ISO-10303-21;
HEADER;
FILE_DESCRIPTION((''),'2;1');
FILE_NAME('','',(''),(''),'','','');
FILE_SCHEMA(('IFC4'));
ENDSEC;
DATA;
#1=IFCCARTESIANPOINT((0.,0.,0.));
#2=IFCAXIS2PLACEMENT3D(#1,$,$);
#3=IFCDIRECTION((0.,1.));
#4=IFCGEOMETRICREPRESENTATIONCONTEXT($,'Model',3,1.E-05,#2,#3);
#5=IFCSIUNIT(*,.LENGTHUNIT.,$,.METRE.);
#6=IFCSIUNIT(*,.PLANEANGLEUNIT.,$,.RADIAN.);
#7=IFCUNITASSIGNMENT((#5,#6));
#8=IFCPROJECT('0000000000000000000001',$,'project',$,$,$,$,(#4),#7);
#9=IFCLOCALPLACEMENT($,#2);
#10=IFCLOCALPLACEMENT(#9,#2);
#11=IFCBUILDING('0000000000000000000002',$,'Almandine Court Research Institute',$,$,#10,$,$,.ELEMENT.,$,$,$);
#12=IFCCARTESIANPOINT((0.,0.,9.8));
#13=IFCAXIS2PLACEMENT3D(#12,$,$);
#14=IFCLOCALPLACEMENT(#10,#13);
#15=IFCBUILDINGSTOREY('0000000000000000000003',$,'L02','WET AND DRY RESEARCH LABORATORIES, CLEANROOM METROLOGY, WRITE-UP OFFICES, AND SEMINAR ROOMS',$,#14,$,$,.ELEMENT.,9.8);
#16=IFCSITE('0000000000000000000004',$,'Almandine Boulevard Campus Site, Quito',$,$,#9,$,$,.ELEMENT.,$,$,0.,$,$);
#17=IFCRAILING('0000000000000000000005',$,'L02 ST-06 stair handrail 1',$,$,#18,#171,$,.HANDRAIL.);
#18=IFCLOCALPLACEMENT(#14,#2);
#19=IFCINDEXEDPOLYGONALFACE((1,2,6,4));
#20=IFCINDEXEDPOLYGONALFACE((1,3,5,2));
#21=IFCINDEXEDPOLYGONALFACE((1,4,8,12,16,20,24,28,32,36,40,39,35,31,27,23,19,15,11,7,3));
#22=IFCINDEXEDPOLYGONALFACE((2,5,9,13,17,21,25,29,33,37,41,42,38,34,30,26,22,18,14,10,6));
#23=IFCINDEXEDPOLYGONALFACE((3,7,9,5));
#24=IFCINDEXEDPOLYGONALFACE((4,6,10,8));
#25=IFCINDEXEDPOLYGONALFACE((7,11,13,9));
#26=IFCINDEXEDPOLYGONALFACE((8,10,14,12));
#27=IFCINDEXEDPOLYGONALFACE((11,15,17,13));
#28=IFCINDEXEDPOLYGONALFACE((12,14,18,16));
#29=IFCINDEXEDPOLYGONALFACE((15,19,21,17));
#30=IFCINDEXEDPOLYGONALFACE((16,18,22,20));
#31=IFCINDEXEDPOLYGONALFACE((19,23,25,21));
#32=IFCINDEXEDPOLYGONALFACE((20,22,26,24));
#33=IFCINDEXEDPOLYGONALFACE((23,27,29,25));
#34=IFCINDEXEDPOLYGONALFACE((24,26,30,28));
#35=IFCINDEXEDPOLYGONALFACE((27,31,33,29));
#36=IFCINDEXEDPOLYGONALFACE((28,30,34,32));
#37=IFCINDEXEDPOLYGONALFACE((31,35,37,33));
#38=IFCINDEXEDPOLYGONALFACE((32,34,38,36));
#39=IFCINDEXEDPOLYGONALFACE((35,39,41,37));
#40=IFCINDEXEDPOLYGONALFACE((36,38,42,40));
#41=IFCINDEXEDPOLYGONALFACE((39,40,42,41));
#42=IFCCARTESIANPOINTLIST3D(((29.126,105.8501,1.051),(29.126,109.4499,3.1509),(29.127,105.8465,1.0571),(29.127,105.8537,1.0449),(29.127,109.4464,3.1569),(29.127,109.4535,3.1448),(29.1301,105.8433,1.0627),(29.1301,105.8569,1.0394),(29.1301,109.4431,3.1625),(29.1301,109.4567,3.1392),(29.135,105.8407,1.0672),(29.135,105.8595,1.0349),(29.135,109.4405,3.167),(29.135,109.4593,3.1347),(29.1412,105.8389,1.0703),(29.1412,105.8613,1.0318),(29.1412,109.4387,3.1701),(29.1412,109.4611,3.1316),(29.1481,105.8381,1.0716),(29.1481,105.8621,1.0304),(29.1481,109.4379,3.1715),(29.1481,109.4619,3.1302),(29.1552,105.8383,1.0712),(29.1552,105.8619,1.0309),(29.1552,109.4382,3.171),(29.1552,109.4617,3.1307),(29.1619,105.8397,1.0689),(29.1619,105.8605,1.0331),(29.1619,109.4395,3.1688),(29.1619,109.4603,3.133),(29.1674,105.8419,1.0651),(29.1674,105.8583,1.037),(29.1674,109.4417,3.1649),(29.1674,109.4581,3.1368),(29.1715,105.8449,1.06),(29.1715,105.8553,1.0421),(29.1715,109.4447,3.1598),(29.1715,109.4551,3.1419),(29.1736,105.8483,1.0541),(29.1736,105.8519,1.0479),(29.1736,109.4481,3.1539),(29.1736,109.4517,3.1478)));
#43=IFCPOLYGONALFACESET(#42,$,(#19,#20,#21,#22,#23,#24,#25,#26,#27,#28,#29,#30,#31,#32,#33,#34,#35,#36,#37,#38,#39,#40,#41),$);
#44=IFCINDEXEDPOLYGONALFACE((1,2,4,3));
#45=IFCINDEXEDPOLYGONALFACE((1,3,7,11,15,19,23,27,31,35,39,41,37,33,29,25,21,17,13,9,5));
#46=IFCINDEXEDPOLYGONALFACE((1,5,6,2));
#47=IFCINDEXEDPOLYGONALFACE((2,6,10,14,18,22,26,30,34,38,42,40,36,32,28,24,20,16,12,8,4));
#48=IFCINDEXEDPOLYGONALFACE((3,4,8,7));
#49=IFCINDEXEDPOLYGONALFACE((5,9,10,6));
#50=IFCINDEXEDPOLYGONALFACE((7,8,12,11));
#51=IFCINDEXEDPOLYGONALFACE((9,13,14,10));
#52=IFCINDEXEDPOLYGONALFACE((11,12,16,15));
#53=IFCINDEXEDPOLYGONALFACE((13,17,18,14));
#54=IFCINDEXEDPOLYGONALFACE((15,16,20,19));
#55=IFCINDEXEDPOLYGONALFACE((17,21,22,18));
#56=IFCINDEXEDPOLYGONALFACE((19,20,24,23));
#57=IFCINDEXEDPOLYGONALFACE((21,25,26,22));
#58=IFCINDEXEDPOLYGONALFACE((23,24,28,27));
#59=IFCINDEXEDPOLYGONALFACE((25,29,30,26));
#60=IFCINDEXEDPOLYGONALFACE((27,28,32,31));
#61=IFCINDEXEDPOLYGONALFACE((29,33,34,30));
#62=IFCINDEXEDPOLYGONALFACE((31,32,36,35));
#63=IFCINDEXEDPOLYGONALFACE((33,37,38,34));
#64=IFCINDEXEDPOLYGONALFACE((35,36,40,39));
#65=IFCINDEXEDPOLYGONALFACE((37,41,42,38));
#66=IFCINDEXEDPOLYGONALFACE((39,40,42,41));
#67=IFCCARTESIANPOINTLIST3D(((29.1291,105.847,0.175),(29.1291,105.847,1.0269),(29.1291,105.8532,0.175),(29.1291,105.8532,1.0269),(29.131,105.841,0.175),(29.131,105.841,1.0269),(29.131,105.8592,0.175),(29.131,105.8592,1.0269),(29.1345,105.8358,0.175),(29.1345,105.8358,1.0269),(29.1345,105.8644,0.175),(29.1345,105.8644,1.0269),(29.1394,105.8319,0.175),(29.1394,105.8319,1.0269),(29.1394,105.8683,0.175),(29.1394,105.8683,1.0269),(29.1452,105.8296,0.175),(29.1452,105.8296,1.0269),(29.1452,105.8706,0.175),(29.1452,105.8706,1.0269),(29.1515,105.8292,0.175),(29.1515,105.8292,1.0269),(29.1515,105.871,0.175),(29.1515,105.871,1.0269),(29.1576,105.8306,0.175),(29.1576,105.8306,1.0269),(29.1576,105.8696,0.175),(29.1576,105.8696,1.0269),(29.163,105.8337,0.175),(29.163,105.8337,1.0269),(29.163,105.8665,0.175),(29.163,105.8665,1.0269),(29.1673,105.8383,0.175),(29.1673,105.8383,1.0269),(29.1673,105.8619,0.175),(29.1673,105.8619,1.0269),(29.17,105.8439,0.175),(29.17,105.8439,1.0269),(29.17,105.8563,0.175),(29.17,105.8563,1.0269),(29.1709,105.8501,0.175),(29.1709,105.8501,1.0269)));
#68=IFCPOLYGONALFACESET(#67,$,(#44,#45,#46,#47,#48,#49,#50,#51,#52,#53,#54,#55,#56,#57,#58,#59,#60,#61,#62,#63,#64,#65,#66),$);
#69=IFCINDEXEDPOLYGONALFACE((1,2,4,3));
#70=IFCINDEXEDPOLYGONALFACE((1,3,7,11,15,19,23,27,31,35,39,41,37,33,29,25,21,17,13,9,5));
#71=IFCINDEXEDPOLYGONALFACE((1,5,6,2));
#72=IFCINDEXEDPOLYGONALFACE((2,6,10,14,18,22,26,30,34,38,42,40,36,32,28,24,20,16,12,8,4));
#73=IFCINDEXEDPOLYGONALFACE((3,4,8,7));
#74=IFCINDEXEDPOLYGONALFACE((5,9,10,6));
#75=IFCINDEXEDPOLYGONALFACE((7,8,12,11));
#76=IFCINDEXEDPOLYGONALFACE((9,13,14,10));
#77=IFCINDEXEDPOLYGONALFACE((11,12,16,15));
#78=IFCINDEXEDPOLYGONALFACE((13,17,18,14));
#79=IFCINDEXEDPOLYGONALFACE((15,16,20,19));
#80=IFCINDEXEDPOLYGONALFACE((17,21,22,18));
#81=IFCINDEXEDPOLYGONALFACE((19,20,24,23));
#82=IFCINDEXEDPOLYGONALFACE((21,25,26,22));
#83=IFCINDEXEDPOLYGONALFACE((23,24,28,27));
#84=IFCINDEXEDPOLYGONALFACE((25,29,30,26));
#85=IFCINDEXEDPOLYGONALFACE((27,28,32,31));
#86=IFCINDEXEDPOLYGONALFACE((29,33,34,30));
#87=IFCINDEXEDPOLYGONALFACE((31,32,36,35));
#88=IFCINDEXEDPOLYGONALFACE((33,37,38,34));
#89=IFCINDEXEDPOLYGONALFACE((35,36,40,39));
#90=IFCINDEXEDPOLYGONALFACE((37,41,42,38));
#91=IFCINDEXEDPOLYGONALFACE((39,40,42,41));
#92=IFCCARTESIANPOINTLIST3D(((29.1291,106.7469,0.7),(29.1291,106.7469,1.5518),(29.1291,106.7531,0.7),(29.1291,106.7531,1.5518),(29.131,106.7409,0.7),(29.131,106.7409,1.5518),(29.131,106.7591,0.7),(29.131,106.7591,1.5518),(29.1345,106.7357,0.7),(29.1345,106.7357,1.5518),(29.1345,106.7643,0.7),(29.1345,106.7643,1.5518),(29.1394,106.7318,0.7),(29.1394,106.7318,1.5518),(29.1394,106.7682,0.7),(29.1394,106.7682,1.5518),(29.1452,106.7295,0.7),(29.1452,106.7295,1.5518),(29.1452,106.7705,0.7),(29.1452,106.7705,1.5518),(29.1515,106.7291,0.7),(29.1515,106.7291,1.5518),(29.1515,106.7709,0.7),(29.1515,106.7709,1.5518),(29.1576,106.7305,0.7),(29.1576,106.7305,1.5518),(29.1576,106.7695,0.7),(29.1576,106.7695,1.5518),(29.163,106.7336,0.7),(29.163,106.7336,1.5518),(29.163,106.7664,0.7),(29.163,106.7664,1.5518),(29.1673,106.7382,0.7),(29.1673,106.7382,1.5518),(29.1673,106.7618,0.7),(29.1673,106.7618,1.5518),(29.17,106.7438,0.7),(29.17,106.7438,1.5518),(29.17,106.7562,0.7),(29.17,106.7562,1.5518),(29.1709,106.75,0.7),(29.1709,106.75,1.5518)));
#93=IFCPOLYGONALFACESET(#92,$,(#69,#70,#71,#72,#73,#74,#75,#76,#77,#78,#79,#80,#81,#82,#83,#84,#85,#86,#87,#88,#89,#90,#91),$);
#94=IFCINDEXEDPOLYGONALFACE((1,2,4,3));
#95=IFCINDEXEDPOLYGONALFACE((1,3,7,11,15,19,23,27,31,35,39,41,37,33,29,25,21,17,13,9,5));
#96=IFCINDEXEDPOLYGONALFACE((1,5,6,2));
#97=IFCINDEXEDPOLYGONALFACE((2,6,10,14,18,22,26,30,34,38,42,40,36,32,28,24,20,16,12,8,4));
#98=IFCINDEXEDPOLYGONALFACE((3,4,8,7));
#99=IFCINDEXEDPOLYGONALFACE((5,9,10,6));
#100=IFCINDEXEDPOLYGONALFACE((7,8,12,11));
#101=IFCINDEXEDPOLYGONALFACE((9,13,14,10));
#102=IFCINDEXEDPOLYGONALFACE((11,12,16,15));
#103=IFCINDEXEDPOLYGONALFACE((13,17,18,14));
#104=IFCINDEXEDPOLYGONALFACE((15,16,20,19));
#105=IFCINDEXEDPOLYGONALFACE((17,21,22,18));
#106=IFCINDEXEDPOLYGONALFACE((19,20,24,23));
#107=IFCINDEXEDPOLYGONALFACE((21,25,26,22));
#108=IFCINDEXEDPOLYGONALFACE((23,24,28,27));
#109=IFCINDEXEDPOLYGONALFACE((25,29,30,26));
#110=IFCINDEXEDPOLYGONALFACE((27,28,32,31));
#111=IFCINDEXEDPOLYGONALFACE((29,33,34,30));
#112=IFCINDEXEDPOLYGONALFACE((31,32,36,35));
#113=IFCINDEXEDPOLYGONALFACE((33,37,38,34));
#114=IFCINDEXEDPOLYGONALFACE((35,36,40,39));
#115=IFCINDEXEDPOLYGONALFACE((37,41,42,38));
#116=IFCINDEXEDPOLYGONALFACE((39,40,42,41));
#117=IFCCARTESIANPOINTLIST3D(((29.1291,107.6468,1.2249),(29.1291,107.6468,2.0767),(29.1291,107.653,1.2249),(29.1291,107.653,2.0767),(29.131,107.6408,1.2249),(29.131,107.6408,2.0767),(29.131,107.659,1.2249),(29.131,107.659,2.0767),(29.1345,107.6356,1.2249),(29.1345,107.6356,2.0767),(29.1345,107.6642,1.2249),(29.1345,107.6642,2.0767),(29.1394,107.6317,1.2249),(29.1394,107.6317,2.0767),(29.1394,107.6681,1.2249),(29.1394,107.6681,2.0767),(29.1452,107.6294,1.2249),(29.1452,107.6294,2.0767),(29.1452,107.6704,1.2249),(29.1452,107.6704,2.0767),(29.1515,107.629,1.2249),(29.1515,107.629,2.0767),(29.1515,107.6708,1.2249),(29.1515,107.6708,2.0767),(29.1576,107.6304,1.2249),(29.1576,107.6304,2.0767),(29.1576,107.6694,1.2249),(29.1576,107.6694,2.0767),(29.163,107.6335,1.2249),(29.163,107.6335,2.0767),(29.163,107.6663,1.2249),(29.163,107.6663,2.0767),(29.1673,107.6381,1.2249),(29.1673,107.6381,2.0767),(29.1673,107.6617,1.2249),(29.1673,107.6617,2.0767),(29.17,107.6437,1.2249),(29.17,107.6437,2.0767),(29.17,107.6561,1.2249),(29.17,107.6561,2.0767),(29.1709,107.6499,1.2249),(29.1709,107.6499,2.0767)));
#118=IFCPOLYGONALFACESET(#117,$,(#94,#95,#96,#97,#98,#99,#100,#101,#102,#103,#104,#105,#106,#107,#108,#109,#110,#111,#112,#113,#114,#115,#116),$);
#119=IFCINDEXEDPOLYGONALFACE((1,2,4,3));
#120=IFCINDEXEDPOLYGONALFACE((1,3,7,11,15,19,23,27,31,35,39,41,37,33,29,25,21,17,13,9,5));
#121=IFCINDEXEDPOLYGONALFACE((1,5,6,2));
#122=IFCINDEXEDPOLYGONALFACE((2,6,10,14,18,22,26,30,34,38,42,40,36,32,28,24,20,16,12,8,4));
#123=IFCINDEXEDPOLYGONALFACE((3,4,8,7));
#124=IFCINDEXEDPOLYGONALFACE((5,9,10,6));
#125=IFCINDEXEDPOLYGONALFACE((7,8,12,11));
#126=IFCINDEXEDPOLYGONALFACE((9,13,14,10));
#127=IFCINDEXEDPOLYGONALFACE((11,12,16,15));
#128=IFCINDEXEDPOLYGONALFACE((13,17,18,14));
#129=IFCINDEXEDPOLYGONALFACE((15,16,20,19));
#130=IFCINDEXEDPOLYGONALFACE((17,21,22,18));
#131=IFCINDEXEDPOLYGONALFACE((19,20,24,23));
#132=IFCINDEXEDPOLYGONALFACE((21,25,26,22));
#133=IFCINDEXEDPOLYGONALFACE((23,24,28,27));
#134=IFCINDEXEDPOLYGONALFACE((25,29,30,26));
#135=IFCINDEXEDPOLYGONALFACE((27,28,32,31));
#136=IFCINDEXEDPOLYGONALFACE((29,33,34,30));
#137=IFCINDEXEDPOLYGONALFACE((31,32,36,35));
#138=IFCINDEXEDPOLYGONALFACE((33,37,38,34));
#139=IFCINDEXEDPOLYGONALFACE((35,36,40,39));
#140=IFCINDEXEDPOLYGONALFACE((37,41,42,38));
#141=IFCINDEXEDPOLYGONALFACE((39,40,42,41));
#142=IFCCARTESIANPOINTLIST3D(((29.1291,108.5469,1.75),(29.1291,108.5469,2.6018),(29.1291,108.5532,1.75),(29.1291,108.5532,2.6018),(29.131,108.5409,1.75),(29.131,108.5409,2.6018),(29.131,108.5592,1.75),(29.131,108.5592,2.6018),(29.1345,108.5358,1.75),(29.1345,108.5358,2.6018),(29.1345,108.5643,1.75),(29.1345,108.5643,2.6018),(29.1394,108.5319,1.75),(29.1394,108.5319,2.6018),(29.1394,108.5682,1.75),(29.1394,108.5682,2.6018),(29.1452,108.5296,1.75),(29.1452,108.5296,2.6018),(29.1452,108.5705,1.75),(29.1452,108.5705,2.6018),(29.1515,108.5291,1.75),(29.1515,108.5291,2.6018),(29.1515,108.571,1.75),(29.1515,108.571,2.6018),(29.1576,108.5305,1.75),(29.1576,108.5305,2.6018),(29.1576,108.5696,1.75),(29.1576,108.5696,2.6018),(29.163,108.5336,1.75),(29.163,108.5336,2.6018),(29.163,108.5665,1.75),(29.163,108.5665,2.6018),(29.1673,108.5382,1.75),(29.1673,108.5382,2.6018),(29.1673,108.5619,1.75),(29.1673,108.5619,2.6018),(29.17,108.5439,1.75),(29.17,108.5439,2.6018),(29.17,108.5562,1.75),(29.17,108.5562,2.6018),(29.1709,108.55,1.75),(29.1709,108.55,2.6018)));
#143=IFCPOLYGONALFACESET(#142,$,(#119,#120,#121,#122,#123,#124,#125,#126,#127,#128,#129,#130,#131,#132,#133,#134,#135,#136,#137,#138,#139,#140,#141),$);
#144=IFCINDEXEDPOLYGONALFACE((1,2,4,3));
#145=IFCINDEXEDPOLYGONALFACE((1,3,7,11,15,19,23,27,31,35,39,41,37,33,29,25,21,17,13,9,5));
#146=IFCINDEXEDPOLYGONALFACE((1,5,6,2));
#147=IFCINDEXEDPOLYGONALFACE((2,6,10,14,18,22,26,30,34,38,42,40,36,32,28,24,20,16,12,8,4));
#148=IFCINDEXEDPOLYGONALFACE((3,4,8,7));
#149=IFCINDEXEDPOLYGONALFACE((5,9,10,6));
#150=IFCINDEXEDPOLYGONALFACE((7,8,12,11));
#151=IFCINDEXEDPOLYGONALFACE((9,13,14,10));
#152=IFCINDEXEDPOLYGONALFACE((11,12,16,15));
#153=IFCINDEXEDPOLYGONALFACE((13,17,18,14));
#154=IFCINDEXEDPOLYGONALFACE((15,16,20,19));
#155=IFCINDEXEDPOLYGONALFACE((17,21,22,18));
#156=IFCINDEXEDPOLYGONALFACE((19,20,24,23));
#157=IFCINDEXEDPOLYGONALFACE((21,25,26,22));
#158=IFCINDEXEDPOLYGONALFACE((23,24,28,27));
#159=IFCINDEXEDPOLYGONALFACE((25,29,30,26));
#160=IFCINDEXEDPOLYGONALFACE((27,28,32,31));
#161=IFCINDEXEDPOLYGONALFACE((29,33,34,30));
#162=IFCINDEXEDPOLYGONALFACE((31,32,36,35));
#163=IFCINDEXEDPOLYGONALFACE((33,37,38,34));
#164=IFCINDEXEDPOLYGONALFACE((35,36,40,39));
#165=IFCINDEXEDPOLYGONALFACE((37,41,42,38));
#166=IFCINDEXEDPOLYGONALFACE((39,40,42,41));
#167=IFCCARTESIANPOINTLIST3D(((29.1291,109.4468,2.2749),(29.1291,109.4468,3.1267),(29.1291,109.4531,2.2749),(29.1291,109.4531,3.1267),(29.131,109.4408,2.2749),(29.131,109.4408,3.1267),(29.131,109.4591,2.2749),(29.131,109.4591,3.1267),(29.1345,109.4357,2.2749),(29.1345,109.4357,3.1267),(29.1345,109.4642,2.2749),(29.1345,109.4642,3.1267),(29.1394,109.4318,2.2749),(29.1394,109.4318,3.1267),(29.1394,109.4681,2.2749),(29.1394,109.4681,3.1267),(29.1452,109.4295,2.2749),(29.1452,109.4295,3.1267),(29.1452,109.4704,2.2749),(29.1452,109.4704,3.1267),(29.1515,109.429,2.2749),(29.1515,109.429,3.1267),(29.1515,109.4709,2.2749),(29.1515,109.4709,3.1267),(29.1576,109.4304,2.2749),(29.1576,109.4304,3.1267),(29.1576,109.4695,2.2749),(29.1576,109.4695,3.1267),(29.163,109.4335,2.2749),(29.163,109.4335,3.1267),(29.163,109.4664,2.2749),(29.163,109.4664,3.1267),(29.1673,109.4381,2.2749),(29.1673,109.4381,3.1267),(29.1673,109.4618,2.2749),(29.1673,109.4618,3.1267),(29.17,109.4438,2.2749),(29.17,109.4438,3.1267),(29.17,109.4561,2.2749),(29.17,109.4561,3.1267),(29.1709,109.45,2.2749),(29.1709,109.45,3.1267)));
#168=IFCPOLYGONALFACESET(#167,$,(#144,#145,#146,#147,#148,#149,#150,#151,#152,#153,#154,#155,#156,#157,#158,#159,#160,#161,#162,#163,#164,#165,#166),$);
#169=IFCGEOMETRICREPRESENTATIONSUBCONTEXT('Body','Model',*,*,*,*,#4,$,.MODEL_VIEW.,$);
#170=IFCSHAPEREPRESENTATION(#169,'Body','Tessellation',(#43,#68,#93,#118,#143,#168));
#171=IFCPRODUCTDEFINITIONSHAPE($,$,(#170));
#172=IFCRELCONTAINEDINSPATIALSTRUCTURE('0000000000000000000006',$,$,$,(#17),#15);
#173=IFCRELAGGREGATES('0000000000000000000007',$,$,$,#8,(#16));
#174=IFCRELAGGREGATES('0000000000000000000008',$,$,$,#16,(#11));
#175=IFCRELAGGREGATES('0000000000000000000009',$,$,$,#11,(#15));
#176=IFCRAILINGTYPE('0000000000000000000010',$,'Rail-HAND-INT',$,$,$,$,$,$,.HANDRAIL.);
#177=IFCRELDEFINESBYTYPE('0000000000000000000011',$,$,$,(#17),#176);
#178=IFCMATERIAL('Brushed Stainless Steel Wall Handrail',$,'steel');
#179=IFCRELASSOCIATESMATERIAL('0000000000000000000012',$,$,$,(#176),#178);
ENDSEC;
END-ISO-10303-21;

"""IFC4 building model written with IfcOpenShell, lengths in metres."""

from ifc_helpers import new_model, si_unit, direction, frame, origin, origin_2d, place, context, subcontext, project, spatial, circle, extrude, material, type_object, element, save


model = new_model("IFC4")

# Units and contexts
model_context = context("Model", 3, precision=1e-05, world=origin(), true_north=direction((0.0, 1.0)))
body_context = subcontext(model_context, "Body", "Model", "MODEL_VIEW")
ifc_project = project(units=[si_unit("LENGTHUNIT", "METRE"), si_unit("PLANEANGLEUNIT", "RADIAN")], contexts=[model_context])

# Site, building, storey
site_placement = place(None, origin())
site = spatial("IfcSite", under=ifc_project, at=site_placement, Name="Almandine Boulevard Campus Site, Quito", CompositionType="ELEMENT", RefElevation=0.0)
building_placement = place(site_placement, origin())
building = spatial("IfcBuilding", under=site, at=building_placement, Name="Almandine Court Research Institute", CompositionType="ELEMENT")
storey_placement = place(building_placement, frame((0.0, 0.0, 9.8)))
storey = spatial("IfcBuildingStorey", under=building, at=storey_placement, Name="L02", Description="WET AND DRY RESEARCH LABORATORIES, CLEANROOM METROLOGY, WRITE-UP OFFICES, AND SEMINAR ROOMS", CompositionType="ELEMENT", Elevation=9.8)

# Railing
ifc_material_1 = material(Name="Brushed Stainless Steel Wall Handrail", Category="steel")
railing_type_1 = type_object("IfcRailingType", Name="Rail-HAND-INT", PredefinedType="HANDRAIL", material=ifc_material_1)
railing_1_placement = place(storey_placement, frame((29.1499, 105.8501, 0.175)))
element("IfcRailing", 1, at=railing_1_placement, inside=storey, type_object=railing_type_1, Name="L02 ST-06 stair handrail 1", PredefinedType="HANDRAIL", context=body_context, shape_type="SweptSolid", body=[
    extrude(circle(Radius=0.0239, at=origin_2d()), frame((0.0, 0.0, 0.876), z_axis=(0.0, 0.863785, 0.50386), x_axis=(-1.0, 0.0, 0.0)), (0.0, 0.0, 1.0), 4.1675),
    extrude(circle(Radius=0.021, at=origin_2d()), origin(), (0.0, 0.0, 1.0), 0.8518),
    extrude(circle(Radius=0.021, at=origin_2d()), frame((0.0, 0.8999, 0.5249)), (0.0, 0.0, 1.0), 0.8518),
    extrude(circle(Radius=0.021, at=origin_2d()), frame((0.0, 1.7998, 1.0498)), (0.0, 0.0, 1.0), 0.8518),
    extrude(circle(Radius=0.021, at=origin_2d()), frame((0.0, 2.7, 1.575)), (0.0, 0.0, 1.0), 0.8518),
    extrude(circle(Radius=0.021, at=origin_2d()), frame((0.0, 3.5999, 2.0999)), (0.0, 0.0, 1.0), 0.8518),
])

save(model, "model.ifc")
